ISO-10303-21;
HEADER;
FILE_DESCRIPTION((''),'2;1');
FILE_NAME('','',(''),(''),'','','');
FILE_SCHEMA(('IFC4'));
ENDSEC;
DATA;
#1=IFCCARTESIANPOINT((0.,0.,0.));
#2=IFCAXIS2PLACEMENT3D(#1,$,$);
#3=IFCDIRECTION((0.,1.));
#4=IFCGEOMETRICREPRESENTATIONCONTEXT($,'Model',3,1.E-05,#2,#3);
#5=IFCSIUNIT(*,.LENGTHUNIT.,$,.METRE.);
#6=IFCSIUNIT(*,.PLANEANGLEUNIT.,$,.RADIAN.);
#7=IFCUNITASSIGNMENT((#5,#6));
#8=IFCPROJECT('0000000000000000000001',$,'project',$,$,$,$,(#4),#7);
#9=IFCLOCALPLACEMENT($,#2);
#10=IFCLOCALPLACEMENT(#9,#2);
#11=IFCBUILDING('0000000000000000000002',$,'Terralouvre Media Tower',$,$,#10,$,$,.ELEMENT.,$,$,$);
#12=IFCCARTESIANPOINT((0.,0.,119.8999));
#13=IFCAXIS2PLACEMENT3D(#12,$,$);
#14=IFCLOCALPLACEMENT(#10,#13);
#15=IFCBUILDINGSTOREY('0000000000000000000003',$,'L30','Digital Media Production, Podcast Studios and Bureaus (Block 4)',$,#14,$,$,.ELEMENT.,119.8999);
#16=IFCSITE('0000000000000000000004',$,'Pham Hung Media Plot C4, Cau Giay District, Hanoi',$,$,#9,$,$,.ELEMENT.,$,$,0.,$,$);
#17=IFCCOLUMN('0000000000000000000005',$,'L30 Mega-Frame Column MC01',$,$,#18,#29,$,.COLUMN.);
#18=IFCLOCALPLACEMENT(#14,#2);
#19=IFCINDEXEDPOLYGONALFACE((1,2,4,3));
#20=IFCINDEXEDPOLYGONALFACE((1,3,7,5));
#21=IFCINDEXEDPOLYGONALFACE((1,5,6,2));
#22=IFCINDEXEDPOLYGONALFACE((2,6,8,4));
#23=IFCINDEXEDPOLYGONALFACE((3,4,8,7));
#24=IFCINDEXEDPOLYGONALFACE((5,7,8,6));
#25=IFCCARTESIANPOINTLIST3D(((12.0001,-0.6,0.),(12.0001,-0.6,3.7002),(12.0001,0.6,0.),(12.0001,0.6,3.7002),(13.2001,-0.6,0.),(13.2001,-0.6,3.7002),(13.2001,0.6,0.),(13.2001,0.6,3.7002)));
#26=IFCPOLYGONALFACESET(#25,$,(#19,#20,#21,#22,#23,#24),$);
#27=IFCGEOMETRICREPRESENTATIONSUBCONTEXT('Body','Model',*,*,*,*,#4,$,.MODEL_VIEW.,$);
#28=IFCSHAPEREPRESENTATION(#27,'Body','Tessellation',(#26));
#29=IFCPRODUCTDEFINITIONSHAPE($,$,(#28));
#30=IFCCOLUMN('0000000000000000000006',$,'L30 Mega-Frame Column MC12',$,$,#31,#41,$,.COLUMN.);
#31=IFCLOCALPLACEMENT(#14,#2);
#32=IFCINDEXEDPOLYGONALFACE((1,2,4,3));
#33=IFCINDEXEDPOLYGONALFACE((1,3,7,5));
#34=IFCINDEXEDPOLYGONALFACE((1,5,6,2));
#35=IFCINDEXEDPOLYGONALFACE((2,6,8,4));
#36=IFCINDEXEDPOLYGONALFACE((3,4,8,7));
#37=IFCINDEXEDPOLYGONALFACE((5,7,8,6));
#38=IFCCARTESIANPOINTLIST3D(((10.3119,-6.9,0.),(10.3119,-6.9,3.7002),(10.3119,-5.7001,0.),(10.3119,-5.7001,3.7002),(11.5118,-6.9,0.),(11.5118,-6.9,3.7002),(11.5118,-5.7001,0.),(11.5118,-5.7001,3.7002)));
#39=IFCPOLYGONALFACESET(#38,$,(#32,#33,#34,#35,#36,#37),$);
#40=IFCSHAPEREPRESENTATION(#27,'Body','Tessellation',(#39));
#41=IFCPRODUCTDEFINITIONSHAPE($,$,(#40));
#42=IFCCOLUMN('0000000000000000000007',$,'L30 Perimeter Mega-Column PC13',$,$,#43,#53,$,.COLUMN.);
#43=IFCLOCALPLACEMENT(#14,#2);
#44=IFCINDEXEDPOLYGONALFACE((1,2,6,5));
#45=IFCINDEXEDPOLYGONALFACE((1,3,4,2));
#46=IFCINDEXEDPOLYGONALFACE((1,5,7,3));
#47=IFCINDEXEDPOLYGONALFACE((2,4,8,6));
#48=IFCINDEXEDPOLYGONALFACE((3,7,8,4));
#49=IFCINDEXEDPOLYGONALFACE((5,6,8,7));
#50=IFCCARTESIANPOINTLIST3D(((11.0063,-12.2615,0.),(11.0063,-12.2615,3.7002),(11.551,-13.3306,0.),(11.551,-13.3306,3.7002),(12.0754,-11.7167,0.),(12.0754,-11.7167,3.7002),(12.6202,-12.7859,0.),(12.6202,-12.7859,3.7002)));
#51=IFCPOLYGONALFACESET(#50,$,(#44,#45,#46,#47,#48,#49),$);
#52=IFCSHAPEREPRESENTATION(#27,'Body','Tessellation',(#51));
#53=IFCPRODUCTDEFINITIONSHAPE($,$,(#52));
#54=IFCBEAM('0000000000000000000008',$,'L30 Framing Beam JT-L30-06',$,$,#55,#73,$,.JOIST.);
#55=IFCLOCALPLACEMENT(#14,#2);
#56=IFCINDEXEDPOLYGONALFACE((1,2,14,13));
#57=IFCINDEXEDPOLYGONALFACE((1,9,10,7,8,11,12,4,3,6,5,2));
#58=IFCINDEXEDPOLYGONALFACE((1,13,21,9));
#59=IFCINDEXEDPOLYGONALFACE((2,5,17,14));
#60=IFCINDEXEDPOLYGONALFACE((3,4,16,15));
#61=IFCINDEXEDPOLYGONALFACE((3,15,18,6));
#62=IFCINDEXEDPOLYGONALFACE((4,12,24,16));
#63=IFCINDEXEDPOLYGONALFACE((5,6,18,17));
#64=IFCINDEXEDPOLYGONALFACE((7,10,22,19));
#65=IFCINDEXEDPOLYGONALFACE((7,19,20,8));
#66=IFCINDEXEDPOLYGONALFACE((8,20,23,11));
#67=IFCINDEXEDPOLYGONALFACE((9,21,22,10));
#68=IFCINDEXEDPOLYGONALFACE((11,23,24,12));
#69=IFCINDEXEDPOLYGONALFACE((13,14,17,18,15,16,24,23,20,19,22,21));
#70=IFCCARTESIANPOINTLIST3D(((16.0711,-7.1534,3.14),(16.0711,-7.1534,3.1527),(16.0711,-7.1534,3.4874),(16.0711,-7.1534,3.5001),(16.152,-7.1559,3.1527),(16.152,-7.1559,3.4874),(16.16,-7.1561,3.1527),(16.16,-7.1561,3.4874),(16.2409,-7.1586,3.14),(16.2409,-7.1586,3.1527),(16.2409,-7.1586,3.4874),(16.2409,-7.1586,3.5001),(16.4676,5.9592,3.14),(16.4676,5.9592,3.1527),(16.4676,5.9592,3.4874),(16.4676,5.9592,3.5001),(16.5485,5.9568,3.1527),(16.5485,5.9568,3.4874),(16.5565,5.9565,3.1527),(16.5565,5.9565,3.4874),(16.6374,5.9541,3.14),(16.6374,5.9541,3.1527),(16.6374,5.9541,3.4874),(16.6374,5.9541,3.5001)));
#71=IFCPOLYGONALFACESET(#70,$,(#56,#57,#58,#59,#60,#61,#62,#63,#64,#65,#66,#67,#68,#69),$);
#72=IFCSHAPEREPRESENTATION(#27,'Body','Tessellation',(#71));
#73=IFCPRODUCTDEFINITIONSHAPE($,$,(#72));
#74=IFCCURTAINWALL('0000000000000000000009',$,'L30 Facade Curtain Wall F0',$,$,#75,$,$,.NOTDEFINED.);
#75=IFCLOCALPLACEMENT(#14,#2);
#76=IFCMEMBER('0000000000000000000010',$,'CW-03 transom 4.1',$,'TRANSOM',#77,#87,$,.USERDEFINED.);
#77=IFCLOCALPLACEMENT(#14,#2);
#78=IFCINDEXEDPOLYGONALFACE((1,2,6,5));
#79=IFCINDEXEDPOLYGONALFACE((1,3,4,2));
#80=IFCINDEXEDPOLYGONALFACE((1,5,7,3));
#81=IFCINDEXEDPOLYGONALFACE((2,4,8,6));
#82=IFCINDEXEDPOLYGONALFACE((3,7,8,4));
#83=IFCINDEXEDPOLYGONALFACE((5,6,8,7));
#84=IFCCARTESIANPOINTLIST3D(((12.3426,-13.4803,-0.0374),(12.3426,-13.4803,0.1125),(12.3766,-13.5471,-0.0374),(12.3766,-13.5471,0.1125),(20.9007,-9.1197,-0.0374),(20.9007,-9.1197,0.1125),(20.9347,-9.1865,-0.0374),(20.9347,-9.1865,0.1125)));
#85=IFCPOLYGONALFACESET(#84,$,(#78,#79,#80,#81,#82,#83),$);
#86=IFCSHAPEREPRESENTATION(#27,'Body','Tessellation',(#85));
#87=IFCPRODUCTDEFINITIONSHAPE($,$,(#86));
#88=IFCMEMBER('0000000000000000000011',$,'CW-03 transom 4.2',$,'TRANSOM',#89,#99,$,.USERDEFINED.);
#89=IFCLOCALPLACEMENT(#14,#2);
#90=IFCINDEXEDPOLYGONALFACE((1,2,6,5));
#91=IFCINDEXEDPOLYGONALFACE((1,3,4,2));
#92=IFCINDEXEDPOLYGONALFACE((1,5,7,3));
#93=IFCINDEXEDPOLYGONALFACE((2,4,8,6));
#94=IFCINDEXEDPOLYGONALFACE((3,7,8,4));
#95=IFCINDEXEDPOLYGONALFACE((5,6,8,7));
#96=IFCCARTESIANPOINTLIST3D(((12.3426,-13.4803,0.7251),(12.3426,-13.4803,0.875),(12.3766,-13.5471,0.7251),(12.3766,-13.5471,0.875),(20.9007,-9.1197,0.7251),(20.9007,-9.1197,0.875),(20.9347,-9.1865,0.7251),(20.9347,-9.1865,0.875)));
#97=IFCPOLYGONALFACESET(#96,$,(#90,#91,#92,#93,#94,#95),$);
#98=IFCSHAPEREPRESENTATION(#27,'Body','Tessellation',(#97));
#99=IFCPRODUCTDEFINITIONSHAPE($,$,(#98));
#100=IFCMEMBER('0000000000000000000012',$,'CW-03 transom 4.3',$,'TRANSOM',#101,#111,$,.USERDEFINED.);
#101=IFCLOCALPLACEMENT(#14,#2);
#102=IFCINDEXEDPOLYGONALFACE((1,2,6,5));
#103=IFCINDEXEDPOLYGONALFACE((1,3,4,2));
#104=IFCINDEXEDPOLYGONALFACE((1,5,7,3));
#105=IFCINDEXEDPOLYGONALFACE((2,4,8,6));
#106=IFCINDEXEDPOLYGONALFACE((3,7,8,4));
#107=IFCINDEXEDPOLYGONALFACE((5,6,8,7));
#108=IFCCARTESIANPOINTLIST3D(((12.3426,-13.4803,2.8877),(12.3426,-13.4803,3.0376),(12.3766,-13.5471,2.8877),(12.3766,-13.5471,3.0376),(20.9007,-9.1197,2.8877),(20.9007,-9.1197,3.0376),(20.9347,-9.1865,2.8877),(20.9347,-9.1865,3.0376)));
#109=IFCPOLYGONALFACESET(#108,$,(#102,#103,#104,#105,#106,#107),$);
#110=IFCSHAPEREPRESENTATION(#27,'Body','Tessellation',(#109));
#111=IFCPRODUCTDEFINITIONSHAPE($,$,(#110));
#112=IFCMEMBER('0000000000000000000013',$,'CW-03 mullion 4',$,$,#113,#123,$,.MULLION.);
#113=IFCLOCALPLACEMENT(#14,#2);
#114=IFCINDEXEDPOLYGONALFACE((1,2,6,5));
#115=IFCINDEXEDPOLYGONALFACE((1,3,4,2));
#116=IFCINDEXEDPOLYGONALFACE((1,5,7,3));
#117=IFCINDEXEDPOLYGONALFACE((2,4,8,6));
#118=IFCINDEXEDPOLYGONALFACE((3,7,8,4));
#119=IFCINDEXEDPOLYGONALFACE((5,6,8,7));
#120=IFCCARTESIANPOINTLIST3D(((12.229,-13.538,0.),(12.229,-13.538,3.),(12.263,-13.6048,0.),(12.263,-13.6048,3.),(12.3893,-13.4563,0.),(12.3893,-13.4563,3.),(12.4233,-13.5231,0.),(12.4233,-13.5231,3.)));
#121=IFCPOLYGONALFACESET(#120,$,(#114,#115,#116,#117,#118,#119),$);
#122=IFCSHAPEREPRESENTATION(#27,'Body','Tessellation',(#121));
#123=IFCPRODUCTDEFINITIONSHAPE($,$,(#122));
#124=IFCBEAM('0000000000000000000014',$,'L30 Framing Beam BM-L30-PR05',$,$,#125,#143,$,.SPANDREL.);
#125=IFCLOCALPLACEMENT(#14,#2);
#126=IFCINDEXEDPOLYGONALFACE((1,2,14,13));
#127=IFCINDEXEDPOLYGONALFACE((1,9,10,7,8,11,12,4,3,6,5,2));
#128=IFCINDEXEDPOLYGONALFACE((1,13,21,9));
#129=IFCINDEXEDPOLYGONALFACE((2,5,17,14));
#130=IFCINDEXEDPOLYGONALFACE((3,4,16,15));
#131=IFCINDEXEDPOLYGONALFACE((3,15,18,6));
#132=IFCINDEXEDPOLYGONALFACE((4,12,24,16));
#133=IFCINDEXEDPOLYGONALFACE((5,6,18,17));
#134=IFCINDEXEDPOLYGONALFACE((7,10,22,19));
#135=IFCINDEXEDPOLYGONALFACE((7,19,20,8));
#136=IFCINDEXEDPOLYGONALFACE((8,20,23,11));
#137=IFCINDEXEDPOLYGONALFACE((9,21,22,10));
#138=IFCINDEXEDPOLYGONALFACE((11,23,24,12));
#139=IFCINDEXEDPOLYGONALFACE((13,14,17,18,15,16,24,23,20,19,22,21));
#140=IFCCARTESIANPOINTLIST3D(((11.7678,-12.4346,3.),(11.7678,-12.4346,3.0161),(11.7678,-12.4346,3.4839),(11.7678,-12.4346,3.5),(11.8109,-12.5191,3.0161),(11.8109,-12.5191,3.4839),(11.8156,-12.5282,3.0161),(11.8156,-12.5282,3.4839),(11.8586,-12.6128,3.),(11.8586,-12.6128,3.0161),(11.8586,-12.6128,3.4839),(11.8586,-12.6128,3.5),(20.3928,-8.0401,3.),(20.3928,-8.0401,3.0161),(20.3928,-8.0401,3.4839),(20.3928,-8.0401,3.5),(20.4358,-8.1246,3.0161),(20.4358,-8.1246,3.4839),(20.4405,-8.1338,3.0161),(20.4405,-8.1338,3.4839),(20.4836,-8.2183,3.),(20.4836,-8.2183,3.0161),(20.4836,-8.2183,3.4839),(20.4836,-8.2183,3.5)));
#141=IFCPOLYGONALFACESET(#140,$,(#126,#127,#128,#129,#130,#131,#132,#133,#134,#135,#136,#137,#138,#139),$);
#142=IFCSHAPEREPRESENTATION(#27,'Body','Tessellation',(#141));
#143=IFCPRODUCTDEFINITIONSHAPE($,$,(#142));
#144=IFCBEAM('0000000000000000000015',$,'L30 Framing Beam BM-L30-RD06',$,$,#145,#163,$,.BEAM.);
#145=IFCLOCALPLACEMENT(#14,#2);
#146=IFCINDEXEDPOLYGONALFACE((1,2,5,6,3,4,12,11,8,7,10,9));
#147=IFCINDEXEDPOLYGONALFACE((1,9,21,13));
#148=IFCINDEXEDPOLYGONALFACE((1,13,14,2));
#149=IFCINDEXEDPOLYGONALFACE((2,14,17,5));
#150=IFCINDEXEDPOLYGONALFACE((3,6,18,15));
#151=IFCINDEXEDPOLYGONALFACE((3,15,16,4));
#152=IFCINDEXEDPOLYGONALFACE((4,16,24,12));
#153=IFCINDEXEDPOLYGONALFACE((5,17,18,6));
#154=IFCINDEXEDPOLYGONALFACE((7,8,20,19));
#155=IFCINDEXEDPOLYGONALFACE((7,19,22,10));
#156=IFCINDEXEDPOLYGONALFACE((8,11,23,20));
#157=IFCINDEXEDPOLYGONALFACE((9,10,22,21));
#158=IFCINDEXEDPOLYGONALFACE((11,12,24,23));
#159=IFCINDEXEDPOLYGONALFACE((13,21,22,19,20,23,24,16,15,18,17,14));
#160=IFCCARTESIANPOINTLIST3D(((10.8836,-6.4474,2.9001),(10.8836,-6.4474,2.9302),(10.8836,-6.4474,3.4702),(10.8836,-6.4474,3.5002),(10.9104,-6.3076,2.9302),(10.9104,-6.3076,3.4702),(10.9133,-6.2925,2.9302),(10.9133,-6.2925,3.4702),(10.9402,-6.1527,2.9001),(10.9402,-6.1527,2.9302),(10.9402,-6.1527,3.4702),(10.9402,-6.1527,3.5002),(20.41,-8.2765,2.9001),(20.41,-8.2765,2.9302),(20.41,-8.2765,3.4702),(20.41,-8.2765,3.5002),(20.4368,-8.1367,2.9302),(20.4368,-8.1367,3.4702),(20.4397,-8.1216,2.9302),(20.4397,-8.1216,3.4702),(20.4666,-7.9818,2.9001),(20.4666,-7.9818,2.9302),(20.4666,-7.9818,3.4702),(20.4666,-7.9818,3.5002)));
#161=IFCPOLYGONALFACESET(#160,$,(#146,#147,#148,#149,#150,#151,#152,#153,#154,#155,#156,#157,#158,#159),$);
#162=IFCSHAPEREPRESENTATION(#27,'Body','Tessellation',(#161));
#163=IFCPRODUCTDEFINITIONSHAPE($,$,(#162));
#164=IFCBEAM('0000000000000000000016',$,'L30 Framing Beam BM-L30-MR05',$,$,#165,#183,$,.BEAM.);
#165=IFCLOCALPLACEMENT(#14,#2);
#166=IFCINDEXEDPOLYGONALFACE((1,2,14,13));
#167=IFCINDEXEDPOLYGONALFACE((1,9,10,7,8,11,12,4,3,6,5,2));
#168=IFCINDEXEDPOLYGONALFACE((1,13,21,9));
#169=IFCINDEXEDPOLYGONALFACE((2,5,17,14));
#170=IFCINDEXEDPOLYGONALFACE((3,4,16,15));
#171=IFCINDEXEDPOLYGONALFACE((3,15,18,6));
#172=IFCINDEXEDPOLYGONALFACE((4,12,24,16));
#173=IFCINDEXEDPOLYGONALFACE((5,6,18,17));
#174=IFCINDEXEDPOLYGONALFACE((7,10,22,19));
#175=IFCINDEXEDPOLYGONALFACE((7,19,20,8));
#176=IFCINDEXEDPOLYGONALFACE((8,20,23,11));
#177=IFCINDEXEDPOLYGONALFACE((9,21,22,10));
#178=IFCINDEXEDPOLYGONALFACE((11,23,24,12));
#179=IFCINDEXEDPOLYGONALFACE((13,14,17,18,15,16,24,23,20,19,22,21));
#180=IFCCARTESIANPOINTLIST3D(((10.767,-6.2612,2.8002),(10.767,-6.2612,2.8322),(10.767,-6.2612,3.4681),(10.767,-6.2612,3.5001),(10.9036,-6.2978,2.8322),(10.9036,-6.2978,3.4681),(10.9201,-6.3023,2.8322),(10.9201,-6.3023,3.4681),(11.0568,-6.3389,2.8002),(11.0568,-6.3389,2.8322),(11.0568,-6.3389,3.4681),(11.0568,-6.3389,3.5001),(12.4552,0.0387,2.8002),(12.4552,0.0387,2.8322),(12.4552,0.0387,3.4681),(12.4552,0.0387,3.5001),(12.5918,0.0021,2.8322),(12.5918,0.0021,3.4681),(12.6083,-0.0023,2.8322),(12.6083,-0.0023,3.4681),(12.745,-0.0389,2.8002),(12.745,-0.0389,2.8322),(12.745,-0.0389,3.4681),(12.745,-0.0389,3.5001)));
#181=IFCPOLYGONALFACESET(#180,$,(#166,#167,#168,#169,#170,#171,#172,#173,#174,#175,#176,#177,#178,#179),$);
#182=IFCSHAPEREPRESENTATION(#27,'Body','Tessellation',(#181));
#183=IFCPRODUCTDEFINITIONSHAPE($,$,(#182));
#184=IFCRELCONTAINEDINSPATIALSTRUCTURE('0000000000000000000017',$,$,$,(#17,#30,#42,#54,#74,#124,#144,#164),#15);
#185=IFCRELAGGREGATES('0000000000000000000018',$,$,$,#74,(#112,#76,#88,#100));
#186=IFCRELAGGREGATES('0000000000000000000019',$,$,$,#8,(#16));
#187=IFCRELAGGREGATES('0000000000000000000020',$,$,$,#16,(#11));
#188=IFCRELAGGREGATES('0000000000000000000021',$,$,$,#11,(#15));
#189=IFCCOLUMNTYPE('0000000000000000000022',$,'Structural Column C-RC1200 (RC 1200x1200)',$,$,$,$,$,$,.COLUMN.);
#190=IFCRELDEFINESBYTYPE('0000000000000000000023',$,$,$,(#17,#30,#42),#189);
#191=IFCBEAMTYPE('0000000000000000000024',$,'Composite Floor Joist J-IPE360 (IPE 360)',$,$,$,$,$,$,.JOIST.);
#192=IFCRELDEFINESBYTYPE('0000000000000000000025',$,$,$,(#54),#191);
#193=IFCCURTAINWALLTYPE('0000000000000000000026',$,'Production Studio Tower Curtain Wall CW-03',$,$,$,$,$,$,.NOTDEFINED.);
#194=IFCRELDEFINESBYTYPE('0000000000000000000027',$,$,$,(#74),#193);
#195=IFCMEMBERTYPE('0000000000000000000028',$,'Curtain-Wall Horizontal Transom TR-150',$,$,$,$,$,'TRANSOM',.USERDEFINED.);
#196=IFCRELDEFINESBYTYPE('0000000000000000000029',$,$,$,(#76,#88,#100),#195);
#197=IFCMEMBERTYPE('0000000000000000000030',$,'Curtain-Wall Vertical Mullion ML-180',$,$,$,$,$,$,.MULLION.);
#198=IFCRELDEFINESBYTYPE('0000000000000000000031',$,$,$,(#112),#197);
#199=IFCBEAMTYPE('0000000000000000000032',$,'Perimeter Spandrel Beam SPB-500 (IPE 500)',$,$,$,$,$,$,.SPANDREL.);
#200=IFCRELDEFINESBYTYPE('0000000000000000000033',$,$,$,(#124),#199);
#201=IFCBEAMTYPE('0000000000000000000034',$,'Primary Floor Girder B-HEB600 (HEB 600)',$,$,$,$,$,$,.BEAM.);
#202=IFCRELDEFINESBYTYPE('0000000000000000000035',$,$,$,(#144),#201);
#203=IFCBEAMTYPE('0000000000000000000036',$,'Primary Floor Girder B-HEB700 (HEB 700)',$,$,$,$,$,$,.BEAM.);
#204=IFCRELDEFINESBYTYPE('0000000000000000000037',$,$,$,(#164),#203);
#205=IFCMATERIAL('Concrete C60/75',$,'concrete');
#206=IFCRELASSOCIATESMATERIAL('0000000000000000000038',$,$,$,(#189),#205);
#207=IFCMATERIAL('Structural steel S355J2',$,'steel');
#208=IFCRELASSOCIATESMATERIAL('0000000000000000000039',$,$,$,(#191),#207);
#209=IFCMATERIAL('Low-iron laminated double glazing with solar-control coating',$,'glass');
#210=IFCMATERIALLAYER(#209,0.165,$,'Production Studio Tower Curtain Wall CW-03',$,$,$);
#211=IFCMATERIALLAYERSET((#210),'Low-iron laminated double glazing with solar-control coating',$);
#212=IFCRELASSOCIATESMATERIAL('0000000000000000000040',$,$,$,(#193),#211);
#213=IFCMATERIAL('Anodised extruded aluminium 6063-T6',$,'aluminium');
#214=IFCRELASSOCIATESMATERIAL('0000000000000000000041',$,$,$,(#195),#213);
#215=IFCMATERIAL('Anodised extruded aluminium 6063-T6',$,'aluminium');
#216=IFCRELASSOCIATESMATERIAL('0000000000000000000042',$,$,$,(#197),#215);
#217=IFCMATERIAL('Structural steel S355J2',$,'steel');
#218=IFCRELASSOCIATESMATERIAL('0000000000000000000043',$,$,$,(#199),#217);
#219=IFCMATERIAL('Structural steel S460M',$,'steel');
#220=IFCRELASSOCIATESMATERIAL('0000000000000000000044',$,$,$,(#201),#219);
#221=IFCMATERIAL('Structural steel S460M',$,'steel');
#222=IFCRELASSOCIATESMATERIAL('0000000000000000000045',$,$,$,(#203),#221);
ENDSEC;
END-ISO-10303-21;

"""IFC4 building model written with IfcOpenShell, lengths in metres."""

from ifc_helpers import new_model, si_unit, direction, frame, origin, origin_2d, place, context, subcontext, project, spatial, rectangle, i_section, extrude, material, layer, layer_set, material_profile, profile_set, type_object, element, aggregate, save


model = new_model("IFC4")

# Units and contexts
model_context = context("Model", 3, precision=1e-05, world=origin(), true_north=direction((0.0, 1.0)))
body_context = subcontext(model_context, "Body", "Model", "MODEL_VIEW")
ifc_project = project(units=[si_unit("LENGTHUNIT", "METRE"), si_unit("PLANEANGLEUNIT", "RADIAN")], contexts=[model_context])

# Site, building, storey
site_placement = place(None, origin())
site = spatial("IfcSite", under=ifc_project, at=site_placement, Name="Pham Hung Media Plot C4, Cau Giay District, Hanoi", CompositionType="ELEMENT", RefElevation=0.0)
building_placement = place(site_placement, origin())
building = spatial("IfcBuilding", under=site, at=building_placement, Name="Terralouvre Media Tower", CompositionType="ELEMENT")
storey_placement = place(building_placement, frame((0.0, 0.0, 119.8999)))
storey = spatial("IfcBuildingStorey", under=building, at=storey_placement, Name="L30", Description="Digital Media Production, Podcast Studios and Bureaus (Block 4)", CompositionType="ELEMENT", Elevation=119.8999)

# Columns
ifc_material_1 = material(Name="Concrete C60/75", Category="concrete")
ifc_material_profile_1 = material_profile(ifc_material_1, rectangle(XDim=1.2, YDim=1.2, at=origin_2d()), Name="RC 1200x1200")
ifc_profile_set_1 = profile_set([ifc_material_profile_1], Name="Concrete C60/75")
column_type = type_object("IfcColumnType", Name="Structural Column C-RC1200 (RC 1200x1200)", PredefinedType="COLUMN", material=ifc_profile_set_1)
for number, where, z_axis, x_axis, name in (
    (1, (12.6001, 0.0, 0.0), (0.0, 0.0, 1.0), (1.0, 0.0, 0.0), "L30 Mega-Frame Column MC01"),
    (2, (10.9119, -6.3, 0.0), (0.0, 0.0, 1.0), (1.0, 0.0, 0.0), "L30 Mega-Frame Column MC12"),
    (3, (11.8132, -12.5237, 0.0), (0.0, 0.0, 1.0), (0.891007, 0.45399, 0.0), "L30 Perimeter Mega-Column PC13"),
):
    element("IfcColumn", number, at=place(storey_placement, frame(where, z_axis=z_axis, x_axis=x_axis)), inside=storey, type_object=column_type, Name=name, PredefinedType="COLUMN", context=body_context, shape_type="SweptSolid", body=[
        extrude(rectangle(XDim=1.2, YDim=1.2, at=origin_2d()), origin(), (0.0, 0.0, 1.0), 3.7002),
    ])

# Beam
ifc_material_2 = material(Name="Structural steel S355J2", Category="steel")
ifc_material_profile_2 = material_profile(ifc_material_2, i_section(OverallWidth=0.1699, OverallDepth=0.3601, WebThickness=0.0081, FlangeThickness=0.0127, at=origin_2d()), Name="IPE 360")
ifc_profile_set_2 = profile_set([ifc_material_profile_2], Name="Structural steel S355J2")
beam_type_1 = type_object("IfcBeamType", Name="Composite Floor Joist J-IPE360 (IPE 360)", PredefinedType="JOIST", material=ifc_profile_set_2)
beam_1_placement = place(storey_placement, frame((16.156, -7.156, 3.3201), z_axis=(0.030223, 0.999543, 0.0), x_axis=(-0.999543, 0.030223, 0.0)))
element("IfcBeam", 4, at=beam_1_placement, inside=storey, type_object=beam_type_1, Name="L30 Framing Beam JT-L30-06", PredefinedType="JOIST", context=body_context, shape_type="SweptSolid", body=[
    extrude(i_section(OverallWidth=0.1699, OverallDepth=0.3601, WebThickness=0.0081, FlangeThickness=0.0127, at=origin_2d()), origin(), (0.0, 0.0, 1.0), 13.1187),
])

# Curtain wall, members
ifc_material_3 = material(Name="Low-iron laminated double glazing with solar-control coating", Category="glass")
ifc_layer_1 = layer(ifc_material_3, 0.165, Name="Production Studio Tower Curtain Wall CW-03")
ifc_layer_set_1 = layer_set([ifc_layer_1], Name="Low-iron laminated double glazing with solar-control coating")
curtain_wall_type = type_object("IfcCurtainWallType", Name="Production Studio Tower Curtain Wall CW-03", PredefinedType="NOTDEFINED", material=ifc_layer_set_1)
curtain_wall_placement = place(storey_placement, origin())
curtain_wall = element("IfcCurtainWall", 5, at=curtain_wall_placement, inside=storey, type_object=curtain_wall_type, Name="L30 Facade Curtain Wall F0", PredefinedType="NOTDEFINED")
ifc_material_4 = material(Name="Anodised extruded aluminium 6063-T6", Category="aluminium")
ifc_material_profile_3 = material_profile(ifc_material_4, rectangle(XDim=0.075, YDim=0.1499, at=origin_2d()), Name="ALU 75x150")
ifc_profile_set_3 = profile_set([ifc_material_profile_3], Name="Anodised extruded aluminium 6063-T6")
member_type_1 = type_object("IfcMemberType", Name="Curtain-Wall Horizontal Transom TR-150", ElementType="TRANSOM", PredefinedType="USERDEFINED", material=ifc_profile_set_3)
member_1_placement = place(storey_placement, frame((12.3596, -13.5137, 0.0376), z_axis=(0.891006, 0.453992, 0.0), x_axis=(-0.453992, 0.891006, 0.0)))
member_1 = element("IfcMember", 6, at=member_1_placement, type_object=member_type_1, Name="CW-03 transom 4.1", ObjectType="TRANSOM", PredefinedType="USERDEFINED", context=body_context, shape_type="SweptSolid", body=[
    extrude(rectangle(XDim=0.075, YDim=0.1499, at=origin_2d()), origin(), (0.0, 0.0, 1.0), 9.605),
])
member_2_placement = place(storey_placement, frame((12.3596, -13.5137, 0.8), z_axis=(0.891006, 0.453992, 0.0), x_axis=(-0.453992, 0.891006, 0.0)))
member_2 = element("IfcMember", 7, at=member_2_placement, type_object=member_type_1, Name="CW-03 transom 4.2", ObjectType="TRANSOM", PredefinedType="USERDEFINED", context=body_context, shape_type="SweptSolid", body=[
    extrude(rectangle(XDim=0.075, YDim=0.1499, at=origin_2d()), origin(), (0.0, 0.0, 1.0), 9.605),
])
member_3_placement = place(storey_placement, frame((12.3596, -13.5137, 2.9626), z_axis=(0.891006, 0.453992, 0.0), x_axis=(-0.453992, 0.891006, 0.0)))
member_3 = element("IfcMember", 8, at=member_3_placement, type_object=member_type_1, Name="CW-03 transom 4.3", ObjectType="TRANSOM", PredefinedType="USERDEFINED", context=body_context, shape_type="SweptSolid", body=[
    extrude(rectangle(XDim=0.075, YDim=0.1499, at=origin_2d()), origin(), (0.0, 0.0, 1.0), 9.605),
])
ifc_material_5 = material(Name="Anodised extruded aluminium 6063-T6", Category="aluminium")
ifc_material_profile_4 = material_profile(ifc_material_5, rectangle(XDim=0.075, YDim=0.1799, at=origin_2d()), Name="ALU 75x180")
ifc_profile_set_4 = profile_set([ifc_material_profile_4], Name="Anodised extruded aluminium 6063-T6")
member_type_2 = type_object("IfcMemberType", Name="Curtain-Wall Vertical Mullion ML-180", PredefinedType="MULLION", material=ifc_profile_set_4)
member_4_placement = place(storey_placement, frame((12.3262, -13.5305, 0.0), z_axis=(0.0, 0.0, 1.0), x_axis=(-0.453991, 0.891007, 0.0)))
member_4 = element("IfcMember", 9, at=member_4_placement, type_object=member_type_2, Name="CW-03 mullion 4", PredefinedType="MULLION", context=body_context, shape_type="SweptSolid", body=[
    extrude(rectangle(XDim=0.075, YDim=0.1799, at=origin_2d()), origin(), (0.0, 0.0, 1.0), 3.0),
])

# Beams
ifc_material_6 = material(Name="Structural steel S355J2", Category="steel")
ifc_material_profile_5 = material_profile(ifc_material_6, i_section(OverallWidth=0.2, OverallDepth=0.5, WebThickness=0.0103, FlangeThickness=0.0161, at=origin_2d()), Name="IPE 500")
ifc_profile_set_5 = profile_set([ifc_material_profile_5], Name="Structural steel S355J2")
beam_type_2 = type_object("IfcBeamType", Name="Perimeter Spandrel Beam SPB-500 (IPE 500)", PredefinedType="SPANDREL", material=ifc_profile_set_5)
beam_2_placement = place(storey_placement, frame((11.8132, -12.5237, 3.25), z_axis=(0.891012, 0.45398, 0.0), x_axis=(-0.45398, 0.891012, 0.0)))
element("IfcBeam", 10, at=beam_2_placement, inside=storey, type_object=beam_type_2, Name="L30 Framing Beam BM-L30-PR05", PredefinedType="SPANDREL", context=body_context, shape_type="SweptSolid", body=[
    extrude(i_section(OverallWidth=0.2, OverallDepth=0.5, WebThickness=0.0103, FlangeThickness=0.0161, at=origin_2d()), origin(), (0.0, 0.0, 1.0), 9.6799),
])
ifc_material_7 = material(Name="Structural steel S460M", Category="steel")
ifc_material_profile_6 = material_profile(ifc_material_7, i_section(OverallWidth=0.3, OverallDepth=0.6001, WebThickness=0.0154, FlangeThickness=0.03, at=origin_2d()), Name="HEB 600")
ifc_profile_set_6 = profile_set([ifc_material_profile_6], Name="Structural steel S460M")
beam_type_3 = type_object("IfcBeamType", Name="Primary Floor Girder B-HEB600 (HEB 600)", PredefinedType="BEAM", material=ifc_profile_set_6)
beam_3_placement = place(storey_placement, frame((10.9119, -6.3, 3.2002), z_axis=(0.982062, -0.18856, 0.0), x_axis=(0.18856, 0.982062, 0.0)))
element("IfcBeam", 11, at=beam_3_placement, inside=storey, type_object=beam_type_3, Name="L30 Framing Beam BM-L30-RD06", PredefinedType="BEAM", context=body_context, shape_type="SweptSolid", body=[
    extrude(i_section(OverallWidth=0.3, OverallDepth=0.6001, WebThickness=0.0154, FlangeThickness=0.03, at=origin_2d()), origin(), (0.0, 0.0, 1.0), 9.7004),
])
ifc_material_8 = material(Name="Structural steel S460M", Category="steel")
ifc_material_profile_7 = material_profile(ifc_material_8, i_section(OverallWidth=0.3, OverallDepth=0.7, WebThickness=0.0171, FlangeThickness=0.032, at=origin_2d()), Name="HEB 700")
ifc_profile_set_7 = profile_set([ifc_material_profile_7], Name="Structural steel S460M")
beam_type_4 = type_object("IfcBeamType", Name="Primary Floor Girder B-HEB700 (HEB 700)", PredefinedType="BEAM", material=ifc_profile_set_7)
beam_4_placement = place(storey_placement, frame((10.9119, -6.3, 3.1501), z_axis=(0.258839, 0.96592, 0.0), x_axis=(-0.96592, 0.258839, 0.0)))
element("IfcBeam", 12, at=beam_4_placement, inside=storey, type_object=beam_type_4, Name="L30 Framing Beam BM-L30-MR05", PredefinedType="BEAM", context=body_context, shape_type="SweptSolid", body=[
    extrude(i_section(OverallWidth=0.3, OverallDepth=0.7, WebThickness=0.0171, FlangeThickness=0.032, at=origin_2d()), origin(), (0.0, 0.0, 1.0), 6.5222),
])

aggregate(curtain_wall, [member_4, member_1, member_2, member_3])

save(model, "model.ifc")
